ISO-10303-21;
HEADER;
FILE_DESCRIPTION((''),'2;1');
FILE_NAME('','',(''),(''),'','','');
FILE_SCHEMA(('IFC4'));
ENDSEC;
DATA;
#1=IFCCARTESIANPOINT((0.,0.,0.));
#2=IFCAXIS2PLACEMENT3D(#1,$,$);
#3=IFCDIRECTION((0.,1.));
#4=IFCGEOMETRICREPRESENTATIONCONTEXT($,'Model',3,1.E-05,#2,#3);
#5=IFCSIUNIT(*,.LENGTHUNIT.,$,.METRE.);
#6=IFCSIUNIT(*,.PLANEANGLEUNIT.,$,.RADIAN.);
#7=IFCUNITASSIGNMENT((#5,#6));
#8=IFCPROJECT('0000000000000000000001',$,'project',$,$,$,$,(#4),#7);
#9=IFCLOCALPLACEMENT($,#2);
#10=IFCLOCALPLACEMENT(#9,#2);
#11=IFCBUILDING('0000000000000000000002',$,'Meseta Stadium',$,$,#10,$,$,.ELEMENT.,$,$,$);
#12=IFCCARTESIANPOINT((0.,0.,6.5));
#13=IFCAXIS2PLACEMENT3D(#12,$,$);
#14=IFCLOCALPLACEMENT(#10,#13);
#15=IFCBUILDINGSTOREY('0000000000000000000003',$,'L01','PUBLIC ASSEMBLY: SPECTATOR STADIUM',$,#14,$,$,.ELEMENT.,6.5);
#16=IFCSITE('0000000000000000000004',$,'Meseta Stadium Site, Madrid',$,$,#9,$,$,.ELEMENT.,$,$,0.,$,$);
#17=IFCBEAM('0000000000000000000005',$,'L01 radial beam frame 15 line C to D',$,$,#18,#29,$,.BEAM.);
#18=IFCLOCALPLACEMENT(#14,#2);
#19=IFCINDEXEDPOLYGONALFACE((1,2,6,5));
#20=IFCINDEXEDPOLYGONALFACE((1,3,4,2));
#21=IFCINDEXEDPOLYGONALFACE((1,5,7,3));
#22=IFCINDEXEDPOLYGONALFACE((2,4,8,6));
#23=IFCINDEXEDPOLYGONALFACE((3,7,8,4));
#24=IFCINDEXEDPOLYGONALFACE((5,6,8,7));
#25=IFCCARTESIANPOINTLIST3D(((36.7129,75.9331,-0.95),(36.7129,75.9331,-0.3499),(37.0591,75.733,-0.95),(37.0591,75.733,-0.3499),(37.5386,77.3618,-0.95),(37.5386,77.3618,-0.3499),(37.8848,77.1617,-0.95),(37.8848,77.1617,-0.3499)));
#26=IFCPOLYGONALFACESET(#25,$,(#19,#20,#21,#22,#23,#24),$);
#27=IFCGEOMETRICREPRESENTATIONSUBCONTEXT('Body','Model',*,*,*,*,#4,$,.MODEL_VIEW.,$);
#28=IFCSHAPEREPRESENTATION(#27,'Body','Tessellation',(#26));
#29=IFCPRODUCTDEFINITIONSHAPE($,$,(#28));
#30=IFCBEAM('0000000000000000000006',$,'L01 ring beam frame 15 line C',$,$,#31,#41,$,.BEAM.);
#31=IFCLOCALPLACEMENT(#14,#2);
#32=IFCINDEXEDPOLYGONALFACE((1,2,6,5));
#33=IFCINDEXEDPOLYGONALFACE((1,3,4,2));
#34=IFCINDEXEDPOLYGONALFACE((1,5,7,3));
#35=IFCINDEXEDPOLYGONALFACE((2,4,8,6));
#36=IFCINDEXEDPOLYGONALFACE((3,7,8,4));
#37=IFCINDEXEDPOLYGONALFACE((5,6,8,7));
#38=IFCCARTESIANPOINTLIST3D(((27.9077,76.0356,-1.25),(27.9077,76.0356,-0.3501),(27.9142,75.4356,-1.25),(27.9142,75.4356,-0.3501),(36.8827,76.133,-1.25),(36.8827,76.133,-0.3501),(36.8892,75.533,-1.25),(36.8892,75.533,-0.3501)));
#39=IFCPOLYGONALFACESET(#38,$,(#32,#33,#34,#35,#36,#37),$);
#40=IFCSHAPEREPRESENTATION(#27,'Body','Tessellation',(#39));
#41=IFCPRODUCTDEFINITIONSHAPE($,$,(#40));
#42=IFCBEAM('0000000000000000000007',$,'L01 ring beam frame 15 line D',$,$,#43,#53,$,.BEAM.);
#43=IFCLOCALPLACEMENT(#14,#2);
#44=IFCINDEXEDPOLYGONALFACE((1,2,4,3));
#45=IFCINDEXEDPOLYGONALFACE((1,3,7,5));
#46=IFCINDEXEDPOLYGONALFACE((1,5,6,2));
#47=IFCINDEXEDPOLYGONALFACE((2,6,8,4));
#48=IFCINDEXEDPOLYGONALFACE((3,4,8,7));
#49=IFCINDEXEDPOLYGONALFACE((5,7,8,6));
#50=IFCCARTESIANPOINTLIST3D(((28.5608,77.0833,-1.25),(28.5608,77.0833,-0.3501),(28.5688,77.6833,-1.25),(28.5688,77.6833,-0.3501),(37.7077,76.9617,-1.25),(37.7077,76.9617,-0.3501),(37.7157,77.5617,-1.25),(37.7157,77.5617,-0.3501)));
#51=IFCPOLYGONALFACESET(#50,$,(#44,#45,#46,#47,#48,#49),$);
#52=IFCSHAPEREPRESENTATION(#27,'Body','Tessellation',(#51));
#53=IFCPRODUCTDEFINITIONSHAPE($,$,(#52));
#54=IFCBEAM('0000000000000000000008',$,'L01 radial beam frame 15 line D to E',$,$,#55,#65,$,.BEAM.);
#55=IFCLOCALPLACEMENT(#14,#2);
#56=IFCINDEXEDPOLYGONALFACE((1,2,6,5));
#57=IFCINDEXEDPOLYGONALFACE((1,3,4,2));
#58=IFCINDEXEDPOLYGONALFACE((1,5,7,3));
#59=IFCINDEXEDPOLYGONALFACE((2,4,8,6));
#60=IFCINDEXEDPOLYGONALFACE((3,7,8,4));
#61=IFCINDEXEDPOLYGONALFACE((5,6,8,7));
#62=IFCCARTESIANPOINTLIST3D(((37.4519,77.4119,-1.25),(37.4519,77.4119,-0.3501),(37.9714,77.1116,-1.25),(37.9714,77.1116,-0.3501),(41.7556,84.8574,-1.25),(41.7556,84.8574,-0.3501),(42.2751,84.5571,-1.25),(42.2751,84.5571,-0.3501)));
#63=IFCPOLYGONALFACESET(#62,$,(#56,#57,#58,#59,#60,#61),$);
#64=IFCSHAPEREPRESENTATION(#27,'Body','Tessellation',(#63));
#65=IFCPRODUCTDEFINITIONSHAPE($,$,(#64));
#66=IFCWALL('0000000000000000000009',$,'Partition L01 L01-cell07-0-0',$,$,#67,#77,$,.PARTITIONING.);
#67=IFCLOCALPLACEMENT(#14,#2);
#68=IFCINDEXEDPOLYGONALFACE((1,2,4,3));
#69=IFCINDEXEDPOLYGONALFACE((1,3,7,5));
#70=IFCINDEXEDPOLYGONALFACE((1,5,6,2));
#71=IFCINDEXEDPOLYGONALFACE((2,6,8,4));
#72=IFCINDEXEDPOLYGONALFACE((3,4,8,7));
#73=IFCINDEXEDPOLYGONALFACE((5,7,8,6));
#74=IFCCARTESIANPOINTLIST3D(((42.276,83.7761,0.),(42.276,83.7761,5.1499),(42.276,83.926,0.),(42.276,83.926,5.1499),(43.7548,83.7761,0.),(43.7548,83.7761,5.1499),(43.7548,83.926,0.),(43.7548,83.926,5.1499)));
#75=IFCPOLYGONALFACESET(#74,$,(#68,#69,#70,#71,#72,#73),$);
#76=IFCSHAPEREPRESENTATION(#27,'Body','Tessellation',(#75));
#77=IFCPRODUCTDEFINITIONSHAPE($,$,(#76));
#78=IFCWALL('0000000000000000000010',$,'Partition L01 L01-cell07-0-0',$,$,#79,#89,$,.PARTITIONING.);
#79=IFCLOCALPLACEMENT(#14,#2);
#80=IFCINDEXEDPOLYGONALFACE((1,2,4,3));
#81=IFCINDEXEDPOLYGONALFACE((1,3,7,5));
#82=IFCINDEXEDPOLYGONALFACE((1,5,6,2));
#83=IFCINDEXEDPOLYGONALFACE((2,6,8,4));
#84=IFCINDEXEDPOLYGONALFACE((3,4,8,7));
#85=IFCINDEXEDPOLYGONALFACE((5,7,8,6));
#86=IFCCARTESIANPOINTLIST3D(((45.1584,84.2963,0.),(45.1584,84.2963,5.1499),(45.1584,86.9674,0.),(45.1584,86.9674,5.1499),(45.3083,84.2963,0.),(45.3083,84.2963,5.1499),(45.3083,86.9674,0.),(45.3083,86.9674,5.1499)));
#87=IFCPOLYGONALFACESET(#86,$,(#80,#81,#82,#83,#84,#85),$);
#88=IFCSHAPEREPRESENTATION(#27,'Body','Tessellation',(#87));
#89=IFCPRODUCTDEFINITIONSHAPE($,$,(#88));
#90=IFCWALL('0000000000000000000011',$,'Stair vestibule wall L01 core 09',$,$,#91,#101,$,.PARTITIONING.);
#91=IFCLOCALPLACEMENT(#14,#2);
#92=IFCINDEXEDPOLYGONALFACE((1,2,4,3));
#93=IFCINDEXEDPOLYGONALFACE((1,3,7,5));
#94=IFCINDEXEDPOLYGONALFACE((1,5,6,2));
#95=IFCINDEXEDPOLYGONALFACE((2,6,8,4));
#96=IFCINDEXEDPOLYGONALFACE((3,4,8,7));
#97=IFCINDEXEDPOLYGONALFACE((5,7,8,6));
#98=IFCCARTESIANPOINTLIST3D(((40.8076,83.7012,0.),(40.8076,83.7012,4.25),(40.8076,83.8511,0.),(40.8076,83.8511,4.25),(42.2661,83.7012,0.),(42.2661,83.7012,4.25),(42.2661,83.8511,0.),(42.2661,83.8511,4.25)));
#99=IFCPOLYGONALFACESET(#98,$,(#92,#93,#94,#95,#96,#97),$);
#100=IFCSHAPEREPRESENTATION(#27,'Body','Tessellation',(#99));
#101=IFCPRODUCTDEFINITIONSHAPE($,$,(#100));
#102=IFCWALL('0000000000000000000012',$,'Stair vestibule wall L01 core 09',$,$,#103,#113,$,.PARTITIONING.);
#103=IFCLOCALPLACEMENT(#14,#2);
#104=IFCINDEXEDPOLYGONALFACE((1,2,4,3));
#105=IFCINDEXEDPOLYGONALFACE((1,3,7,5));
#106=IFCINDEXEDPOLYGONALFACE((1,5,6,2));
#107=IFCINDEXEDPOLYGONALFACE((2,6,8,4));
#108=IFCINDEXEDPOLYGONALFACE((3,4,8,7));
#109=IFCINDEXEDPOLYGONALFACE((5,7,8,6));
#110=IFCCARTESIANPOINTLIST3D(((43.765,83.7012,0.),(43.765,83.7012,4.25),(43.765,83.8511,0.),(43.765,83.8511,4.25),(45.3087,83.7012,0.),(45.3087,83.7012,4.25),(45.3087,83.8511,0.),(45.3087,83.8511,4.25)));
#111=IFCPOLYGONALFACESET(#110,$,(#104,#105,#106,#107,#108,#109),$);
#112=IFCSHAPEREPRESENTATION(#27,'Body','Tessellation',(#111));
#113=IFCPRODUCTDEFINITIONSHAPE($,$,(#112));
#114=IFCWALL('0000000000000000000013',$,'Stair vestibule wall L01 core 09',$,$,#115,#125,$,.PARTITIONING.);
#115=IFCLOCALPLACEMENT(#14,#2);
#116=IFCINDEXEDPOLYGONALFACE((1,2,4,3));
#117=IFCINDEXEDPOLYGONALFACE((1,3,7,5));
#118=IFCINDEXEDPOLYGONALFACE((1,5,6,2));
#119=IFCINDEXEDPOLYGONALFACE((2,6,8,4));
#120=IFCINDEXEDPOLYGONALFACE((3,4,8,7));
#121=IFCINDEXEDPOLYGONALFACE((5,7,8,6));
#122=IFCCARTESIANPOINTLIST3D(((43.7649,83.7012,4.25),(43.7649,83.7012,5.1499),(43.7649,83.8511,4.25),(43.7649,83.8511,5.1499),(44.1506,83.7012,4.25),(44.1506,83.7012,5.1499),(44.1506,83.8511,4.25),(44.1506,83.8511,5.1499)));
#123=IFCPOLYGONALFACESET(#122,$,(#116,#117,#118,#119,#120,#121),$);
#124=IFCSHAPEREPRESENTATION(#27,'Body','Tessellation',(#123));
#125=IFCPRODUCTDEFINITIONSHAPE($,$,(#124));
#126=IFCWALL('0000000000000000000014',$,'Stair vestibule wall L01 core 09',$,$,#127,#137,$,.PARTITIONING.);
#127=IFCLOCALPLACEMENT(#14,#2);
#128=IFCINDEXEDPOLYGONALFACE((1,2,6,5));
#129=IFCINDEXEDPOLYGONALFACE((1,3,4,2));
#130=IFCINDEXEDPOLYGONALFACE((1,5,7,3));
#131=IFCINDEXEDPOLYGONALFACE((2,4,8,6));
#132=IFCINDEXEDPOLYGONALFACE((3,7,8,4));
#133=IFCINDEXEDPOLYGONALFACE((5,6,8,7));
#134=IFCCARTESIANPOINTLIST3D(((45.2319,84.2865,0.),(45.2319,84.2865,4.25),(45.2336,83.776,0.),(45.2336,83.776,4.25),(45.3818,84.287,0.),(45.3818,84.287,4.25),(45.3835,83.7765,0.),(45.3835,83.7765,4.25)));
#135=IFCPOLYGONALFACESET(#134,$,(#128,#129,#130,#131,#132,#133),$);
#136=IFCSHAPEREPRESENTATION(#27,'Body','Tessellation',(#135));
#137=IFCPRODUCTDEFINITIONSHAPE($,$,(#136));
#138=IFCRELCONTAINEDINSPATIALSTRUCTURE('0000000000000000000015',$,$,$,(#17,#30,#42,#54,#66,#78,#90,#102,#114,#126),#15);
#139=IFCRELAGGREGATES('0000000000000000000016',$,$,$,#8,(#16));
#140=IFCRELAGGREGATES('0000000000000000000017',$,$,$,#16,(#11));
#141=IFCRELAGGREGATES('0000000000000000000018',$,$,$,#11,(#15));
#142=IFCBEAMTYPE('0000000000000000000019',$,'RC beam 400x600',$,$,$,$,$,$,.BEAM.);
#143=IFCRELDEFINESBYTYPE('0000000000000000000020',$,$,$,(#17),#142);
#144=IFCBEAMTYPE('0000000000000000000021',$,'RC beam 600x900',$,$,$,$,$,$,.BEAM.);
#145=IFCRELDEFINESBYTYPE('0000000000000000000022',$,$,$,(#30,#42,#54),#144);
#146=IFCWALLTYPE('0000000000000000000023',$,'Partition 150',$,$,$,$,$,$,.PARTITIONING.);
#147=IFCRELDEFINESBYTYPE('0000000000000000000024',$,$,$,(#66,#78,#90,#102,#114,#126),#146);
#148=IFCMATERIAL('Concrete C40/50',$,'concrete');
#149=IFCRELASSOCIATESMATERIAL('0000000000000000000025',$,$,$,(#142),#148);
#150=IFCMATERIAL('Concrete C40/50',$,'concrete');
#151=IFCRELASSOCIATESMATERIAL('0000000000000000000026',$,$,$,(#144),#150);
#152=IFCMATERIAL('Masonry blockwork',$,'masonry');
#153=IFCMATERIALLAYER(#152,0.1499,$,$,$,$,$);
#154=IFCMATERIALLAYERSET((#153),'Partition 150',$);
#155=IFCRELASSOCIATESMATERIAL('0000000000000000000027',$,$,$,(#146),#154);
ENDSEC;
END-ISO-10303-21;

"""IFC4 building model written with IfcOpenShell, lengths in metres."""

from ifc_helpers import new_model, si_unit, direction, frame, frame_2d, origin, origin_2d, place, context, subcontext, project, spatial, rectangle, extrude, material, layer, layer_set, material_profile, profile_set, type_object, element, save


model = new_model("IFC4")

# Units and contexts
model_context = context("Model", 3, precision=1e-05, world=origin(), true_north=direction((0.0, 1.0)))
body_context = subcontext(model_context, "Body", "Model", "MODEL_VIEW")
ifc_project = project(units=[si_unit("LENGTHUNIT", "METRE"), si_unit("PLANEANGLEUNIT", "RADIAN")], contexts=[model_context])

# Site, building, storey
site_placement = place(None, origin())
site = spatial("IfcSite", under=ifc_project, at=site_placement, Name="Meseta Stadium Site, Madrid", CompositionType="ELEMENT", RefElevation=0.0)
building_placement = place(site_placement, origin())
building = spatial("IfcBuilding", under=site, at=building_placement, Name="Meseta Stadium", CompositionType="ELEMENT")
storey_placement = place(building_placement, frame((0.0, 0.0, 6.5)))
storey = spatial("IfcBuildingStorey", under=building, at=storey_placement, Name="L01", Description="PUBLIC ASSEMBLY: SPECTATOR STADIUM", CompositionType="ELEMENT", Elevation=6.5)

# Beams
ifc_material_1 = material(Name="Concrete C40/50", Category="concrete")
ifc_material_profile_1 = material_profile(ifc_material_1, rectangle(XDim=0.3999, YDim=0.6001, at=origin_2d()), Name="RC 400x600")
ifc_profile_set_1 = profile_set([ifc_material_profile_1], Name="Concrete C40/50")
beam_type_1 = type_object("IfcBeamType", Name="RC beam 400x600", PredefinedType="BEAM", material=ifc_profile_set_1)
beam_1_placement = place(storey_placement, frame((36.886, 75.833, -0.6499), z_axis=(0.500371, 0.865811, 0.0), x_axis=(-0.865811, 0.500371, 0.0)))
element("IfcBeam", 1, at=beam_1_placement, inside=storey, type_object=beam_type_1, Name="L01 radial beam frame 15 line C to D", PredefinedType="BEAM", context=body_context, shape_type="SweptSolid", body=[
    extrude(rectangle(XDim=0.3999, YDim=0.6001, at=origin_2d()), origin(), (0.0, 0.0, 1.0), 1.6501),
])
ifc_material_2 = material(Name="Concrete C40/50", Category="concrete")
ifc_material_profile_2 = material_profile(ifc_material_2, rectangle(XDim=0.6001, YDim=0.8999, at=origin_2d()), Name="RC 600x900")
ifc_profile_set_2 = profile_set([ifc_material_profile_2], Name="Concrete C40/50")
beam_type_2 = type_object("IfcBeamType", Name="RC beam 600x900", PredefinedType="BEAM", material=ifc_profile_set_2)
beam_2_placement = place(storey_placement, frame((36.886, 75.833, -0.8), z_axis=(-0.999941, -0.010853, 0.0), x_axis=(0.010853, -0.999941, 0.0)))
element("IfcBeam", 2, at=beam_2_placement, inside=storey, type_object=beam_type_2, Name="L01 ring beam frame 15 line C", PredefinedType="BEAM", context=body_context, shape_type="SweptSolid", body=[
    extrude(rectangle(XDim=0.6001, YDim=0.8999, at=origin_2d()), origin(), (0.0, 0.0, 1.0), 8.9756),
])
beam_3_placement = place(storey_placement, frame((37.7117, 77.2617, -0.8), z_axis=(-0.999912, 0.013291, 0.0), x_axis=(-0.013291, -0.999912, 0.0)))
element("IfcBeam", 3, at=beam_3_placement, inside=storey, type_object=beam_type_2, Name="L01 ring beam frame 15 line D", PredefinedType="BEAM", context=body_context, shape_type="SweptSolid", body=[
    extrude(rectangle(XDim=0.6001, YDim=0.8999, at=origin_2d()), origin(), (0.0, 0.0, 1.0), 9.1477),
])
beam_4_placement = place(storey_placement, frame((37.7117, 77.2617, -0.8), z_axis=(0.500437, 0.865773, 0.0), x_axis=(-0.865773, 0.500437, 0.0)))
element("IfcBeam", 4, at=beam_4_placement, inside=storey, type_object=beam_type_2, Name="L01 radial beam frame 15 line D to E", PredefinedType="BEAM", context=body_context, shape_type="SweptSolid", body=[
    extrude(rectangle(XDim=0.6001, YDim=0.8999, at=origin_2d()), origin(), (0.0, 0.0, 1.0), 8.5999),
])

# Walls
ifc_material_3 = material(Name="Masonry blockwork", Category="masonry")
ifc_layer_1 = layer(ifc_material_3, 0.1499)
ifc_layer_set_1 = layer_set([ifc_layer_1], Name="Partition 150")
wall_type = type_object("IfcWallType", Name="Partition 150", PredefinedType="PARTITIONING", material=ifc_layer_set_1)
wall_1_placement = place(storey_placement, frame((42.2761, 83.8511, 0.0), z_axis=(0.0, 0.0, 1.0), x_axis=(1.0, 0.0, 0.0)))
element("IfcWall", 5, at=wall_1_placement, inside=storey, type_object=wall_type, Name="Partition L01 L01-cell07-0-0", PredefinedType="PARTITIONING", context=body_context, shape_type="SweptSolid", body=[
    extrude(rectangle(XDim=1.4788, YDim=0.1499, at=frame_2d((0.7393, 0.0))), origin(), (0.0, 0.0, 1.0), 5.1499),
])
wall_2_placement = place(storey_placement, frame((45.2334, 84.2964, 0.0), z_axis=(0.0, 0.0, 1.0), x_axis=(0.0, 1.0, 0.0)))
element("IfcWall", 6, at=wall_2_placement, inside=storey, type_object=wall_type, Name="Partition L01 L01-cell07-0-0", PredefinedType="PARTITIONING", context=body_context, shape_type="SweptSolid", body=[
    extrude(rectangle(XDim=2.6711, YDim=0.1499, at=frame_2d((1.3354, 0.0))), origin(), (0.0, 0.0, 1.0), 5.1499),
])
wall_3_placement = place(storey_placement, frame((40.8076, 83.7761, 0.0), z_axis=(0.0, 0.0, 1.0), x_axis=(1.0, 0.0, 0.0)))
element("IfcWall", 7, at=wall_3_placement, inside=storey, type_object=wall_type, Name="Stair vestibule wall L01 core 09", PredefinedType="PARTITIONING", context=body_context, shape_type="SweptSolid", body=[
    extrude(rectangle(XDim=1.4585, YDim=0.1499, at=frame_2d((0.7292, 0.0))), origin(), (0.0, 0.0, 1.0), 4.25),
])
wall_4_placement = place(storey_placement, frame((43.7649, 83.7761, 0.0), z_axis=(0.0, 0.0, 1.0), x_axis=(1.0, 0.0, 0.0)))
element("IfcWall", 8, at=wall_4_placement, inside=storey, type_object=wall_type, Name="Stair vestibule wall L01 core 09", PredefinedType="PARTITIONING", context=body_context, shape_type="SweptSolid", body=[
    extrude(rectangle(XDim=1.5437, YDim=0.1499, at=frame_2d((0.772, 0.0))), origin(), (0.0, 0.0, 1.0), 4.25),
])
wall_5_placement = place(storey_placement, frame((43.7649, 83.7761, 4.25), z_axis=(0.0, 0.0, 1.0), x_axis=(1.0, 0.0, 0.0)))
element("IfcWall", 9, at=wall_5_placement, inside=storey, type_object=wall_type, Name="Stair vestibule wall L01 core 09", PredefinedType="PARTITIONING", context=body_context, shape_type="SweptSolid", body=[
    extrude(rectangle(XDim=0.3857, YDim=0.1499, at=frame_2d((0.1929, 0.0))), origin(), (0.0, 0.0, 1.0), 0.8999),
])
wall_6_placement = place(storey_placement, frame((45.3086, 83.7761, 0.0), z_axis=(0.0, 0.0, 1.0), x_axis=(-0.003348, 0.999994, 0.0)))
element("IfcWall", 10, at=wall_6_placement, inside=storey, type_object=wall_type, Name="Stair vestibule wall L01 core 09", PredefinedType="PARTITIONING", context=body_context, shape_type="SweptSolid", body=[
    extrude(rectangle(XDim=0.5105, YDim=0.1499, at=frame_2d((0.2554, 0.0))), origin(), (0.0, 0.0, 1.0), 4.25),
])

save(model, "model.ifc")
